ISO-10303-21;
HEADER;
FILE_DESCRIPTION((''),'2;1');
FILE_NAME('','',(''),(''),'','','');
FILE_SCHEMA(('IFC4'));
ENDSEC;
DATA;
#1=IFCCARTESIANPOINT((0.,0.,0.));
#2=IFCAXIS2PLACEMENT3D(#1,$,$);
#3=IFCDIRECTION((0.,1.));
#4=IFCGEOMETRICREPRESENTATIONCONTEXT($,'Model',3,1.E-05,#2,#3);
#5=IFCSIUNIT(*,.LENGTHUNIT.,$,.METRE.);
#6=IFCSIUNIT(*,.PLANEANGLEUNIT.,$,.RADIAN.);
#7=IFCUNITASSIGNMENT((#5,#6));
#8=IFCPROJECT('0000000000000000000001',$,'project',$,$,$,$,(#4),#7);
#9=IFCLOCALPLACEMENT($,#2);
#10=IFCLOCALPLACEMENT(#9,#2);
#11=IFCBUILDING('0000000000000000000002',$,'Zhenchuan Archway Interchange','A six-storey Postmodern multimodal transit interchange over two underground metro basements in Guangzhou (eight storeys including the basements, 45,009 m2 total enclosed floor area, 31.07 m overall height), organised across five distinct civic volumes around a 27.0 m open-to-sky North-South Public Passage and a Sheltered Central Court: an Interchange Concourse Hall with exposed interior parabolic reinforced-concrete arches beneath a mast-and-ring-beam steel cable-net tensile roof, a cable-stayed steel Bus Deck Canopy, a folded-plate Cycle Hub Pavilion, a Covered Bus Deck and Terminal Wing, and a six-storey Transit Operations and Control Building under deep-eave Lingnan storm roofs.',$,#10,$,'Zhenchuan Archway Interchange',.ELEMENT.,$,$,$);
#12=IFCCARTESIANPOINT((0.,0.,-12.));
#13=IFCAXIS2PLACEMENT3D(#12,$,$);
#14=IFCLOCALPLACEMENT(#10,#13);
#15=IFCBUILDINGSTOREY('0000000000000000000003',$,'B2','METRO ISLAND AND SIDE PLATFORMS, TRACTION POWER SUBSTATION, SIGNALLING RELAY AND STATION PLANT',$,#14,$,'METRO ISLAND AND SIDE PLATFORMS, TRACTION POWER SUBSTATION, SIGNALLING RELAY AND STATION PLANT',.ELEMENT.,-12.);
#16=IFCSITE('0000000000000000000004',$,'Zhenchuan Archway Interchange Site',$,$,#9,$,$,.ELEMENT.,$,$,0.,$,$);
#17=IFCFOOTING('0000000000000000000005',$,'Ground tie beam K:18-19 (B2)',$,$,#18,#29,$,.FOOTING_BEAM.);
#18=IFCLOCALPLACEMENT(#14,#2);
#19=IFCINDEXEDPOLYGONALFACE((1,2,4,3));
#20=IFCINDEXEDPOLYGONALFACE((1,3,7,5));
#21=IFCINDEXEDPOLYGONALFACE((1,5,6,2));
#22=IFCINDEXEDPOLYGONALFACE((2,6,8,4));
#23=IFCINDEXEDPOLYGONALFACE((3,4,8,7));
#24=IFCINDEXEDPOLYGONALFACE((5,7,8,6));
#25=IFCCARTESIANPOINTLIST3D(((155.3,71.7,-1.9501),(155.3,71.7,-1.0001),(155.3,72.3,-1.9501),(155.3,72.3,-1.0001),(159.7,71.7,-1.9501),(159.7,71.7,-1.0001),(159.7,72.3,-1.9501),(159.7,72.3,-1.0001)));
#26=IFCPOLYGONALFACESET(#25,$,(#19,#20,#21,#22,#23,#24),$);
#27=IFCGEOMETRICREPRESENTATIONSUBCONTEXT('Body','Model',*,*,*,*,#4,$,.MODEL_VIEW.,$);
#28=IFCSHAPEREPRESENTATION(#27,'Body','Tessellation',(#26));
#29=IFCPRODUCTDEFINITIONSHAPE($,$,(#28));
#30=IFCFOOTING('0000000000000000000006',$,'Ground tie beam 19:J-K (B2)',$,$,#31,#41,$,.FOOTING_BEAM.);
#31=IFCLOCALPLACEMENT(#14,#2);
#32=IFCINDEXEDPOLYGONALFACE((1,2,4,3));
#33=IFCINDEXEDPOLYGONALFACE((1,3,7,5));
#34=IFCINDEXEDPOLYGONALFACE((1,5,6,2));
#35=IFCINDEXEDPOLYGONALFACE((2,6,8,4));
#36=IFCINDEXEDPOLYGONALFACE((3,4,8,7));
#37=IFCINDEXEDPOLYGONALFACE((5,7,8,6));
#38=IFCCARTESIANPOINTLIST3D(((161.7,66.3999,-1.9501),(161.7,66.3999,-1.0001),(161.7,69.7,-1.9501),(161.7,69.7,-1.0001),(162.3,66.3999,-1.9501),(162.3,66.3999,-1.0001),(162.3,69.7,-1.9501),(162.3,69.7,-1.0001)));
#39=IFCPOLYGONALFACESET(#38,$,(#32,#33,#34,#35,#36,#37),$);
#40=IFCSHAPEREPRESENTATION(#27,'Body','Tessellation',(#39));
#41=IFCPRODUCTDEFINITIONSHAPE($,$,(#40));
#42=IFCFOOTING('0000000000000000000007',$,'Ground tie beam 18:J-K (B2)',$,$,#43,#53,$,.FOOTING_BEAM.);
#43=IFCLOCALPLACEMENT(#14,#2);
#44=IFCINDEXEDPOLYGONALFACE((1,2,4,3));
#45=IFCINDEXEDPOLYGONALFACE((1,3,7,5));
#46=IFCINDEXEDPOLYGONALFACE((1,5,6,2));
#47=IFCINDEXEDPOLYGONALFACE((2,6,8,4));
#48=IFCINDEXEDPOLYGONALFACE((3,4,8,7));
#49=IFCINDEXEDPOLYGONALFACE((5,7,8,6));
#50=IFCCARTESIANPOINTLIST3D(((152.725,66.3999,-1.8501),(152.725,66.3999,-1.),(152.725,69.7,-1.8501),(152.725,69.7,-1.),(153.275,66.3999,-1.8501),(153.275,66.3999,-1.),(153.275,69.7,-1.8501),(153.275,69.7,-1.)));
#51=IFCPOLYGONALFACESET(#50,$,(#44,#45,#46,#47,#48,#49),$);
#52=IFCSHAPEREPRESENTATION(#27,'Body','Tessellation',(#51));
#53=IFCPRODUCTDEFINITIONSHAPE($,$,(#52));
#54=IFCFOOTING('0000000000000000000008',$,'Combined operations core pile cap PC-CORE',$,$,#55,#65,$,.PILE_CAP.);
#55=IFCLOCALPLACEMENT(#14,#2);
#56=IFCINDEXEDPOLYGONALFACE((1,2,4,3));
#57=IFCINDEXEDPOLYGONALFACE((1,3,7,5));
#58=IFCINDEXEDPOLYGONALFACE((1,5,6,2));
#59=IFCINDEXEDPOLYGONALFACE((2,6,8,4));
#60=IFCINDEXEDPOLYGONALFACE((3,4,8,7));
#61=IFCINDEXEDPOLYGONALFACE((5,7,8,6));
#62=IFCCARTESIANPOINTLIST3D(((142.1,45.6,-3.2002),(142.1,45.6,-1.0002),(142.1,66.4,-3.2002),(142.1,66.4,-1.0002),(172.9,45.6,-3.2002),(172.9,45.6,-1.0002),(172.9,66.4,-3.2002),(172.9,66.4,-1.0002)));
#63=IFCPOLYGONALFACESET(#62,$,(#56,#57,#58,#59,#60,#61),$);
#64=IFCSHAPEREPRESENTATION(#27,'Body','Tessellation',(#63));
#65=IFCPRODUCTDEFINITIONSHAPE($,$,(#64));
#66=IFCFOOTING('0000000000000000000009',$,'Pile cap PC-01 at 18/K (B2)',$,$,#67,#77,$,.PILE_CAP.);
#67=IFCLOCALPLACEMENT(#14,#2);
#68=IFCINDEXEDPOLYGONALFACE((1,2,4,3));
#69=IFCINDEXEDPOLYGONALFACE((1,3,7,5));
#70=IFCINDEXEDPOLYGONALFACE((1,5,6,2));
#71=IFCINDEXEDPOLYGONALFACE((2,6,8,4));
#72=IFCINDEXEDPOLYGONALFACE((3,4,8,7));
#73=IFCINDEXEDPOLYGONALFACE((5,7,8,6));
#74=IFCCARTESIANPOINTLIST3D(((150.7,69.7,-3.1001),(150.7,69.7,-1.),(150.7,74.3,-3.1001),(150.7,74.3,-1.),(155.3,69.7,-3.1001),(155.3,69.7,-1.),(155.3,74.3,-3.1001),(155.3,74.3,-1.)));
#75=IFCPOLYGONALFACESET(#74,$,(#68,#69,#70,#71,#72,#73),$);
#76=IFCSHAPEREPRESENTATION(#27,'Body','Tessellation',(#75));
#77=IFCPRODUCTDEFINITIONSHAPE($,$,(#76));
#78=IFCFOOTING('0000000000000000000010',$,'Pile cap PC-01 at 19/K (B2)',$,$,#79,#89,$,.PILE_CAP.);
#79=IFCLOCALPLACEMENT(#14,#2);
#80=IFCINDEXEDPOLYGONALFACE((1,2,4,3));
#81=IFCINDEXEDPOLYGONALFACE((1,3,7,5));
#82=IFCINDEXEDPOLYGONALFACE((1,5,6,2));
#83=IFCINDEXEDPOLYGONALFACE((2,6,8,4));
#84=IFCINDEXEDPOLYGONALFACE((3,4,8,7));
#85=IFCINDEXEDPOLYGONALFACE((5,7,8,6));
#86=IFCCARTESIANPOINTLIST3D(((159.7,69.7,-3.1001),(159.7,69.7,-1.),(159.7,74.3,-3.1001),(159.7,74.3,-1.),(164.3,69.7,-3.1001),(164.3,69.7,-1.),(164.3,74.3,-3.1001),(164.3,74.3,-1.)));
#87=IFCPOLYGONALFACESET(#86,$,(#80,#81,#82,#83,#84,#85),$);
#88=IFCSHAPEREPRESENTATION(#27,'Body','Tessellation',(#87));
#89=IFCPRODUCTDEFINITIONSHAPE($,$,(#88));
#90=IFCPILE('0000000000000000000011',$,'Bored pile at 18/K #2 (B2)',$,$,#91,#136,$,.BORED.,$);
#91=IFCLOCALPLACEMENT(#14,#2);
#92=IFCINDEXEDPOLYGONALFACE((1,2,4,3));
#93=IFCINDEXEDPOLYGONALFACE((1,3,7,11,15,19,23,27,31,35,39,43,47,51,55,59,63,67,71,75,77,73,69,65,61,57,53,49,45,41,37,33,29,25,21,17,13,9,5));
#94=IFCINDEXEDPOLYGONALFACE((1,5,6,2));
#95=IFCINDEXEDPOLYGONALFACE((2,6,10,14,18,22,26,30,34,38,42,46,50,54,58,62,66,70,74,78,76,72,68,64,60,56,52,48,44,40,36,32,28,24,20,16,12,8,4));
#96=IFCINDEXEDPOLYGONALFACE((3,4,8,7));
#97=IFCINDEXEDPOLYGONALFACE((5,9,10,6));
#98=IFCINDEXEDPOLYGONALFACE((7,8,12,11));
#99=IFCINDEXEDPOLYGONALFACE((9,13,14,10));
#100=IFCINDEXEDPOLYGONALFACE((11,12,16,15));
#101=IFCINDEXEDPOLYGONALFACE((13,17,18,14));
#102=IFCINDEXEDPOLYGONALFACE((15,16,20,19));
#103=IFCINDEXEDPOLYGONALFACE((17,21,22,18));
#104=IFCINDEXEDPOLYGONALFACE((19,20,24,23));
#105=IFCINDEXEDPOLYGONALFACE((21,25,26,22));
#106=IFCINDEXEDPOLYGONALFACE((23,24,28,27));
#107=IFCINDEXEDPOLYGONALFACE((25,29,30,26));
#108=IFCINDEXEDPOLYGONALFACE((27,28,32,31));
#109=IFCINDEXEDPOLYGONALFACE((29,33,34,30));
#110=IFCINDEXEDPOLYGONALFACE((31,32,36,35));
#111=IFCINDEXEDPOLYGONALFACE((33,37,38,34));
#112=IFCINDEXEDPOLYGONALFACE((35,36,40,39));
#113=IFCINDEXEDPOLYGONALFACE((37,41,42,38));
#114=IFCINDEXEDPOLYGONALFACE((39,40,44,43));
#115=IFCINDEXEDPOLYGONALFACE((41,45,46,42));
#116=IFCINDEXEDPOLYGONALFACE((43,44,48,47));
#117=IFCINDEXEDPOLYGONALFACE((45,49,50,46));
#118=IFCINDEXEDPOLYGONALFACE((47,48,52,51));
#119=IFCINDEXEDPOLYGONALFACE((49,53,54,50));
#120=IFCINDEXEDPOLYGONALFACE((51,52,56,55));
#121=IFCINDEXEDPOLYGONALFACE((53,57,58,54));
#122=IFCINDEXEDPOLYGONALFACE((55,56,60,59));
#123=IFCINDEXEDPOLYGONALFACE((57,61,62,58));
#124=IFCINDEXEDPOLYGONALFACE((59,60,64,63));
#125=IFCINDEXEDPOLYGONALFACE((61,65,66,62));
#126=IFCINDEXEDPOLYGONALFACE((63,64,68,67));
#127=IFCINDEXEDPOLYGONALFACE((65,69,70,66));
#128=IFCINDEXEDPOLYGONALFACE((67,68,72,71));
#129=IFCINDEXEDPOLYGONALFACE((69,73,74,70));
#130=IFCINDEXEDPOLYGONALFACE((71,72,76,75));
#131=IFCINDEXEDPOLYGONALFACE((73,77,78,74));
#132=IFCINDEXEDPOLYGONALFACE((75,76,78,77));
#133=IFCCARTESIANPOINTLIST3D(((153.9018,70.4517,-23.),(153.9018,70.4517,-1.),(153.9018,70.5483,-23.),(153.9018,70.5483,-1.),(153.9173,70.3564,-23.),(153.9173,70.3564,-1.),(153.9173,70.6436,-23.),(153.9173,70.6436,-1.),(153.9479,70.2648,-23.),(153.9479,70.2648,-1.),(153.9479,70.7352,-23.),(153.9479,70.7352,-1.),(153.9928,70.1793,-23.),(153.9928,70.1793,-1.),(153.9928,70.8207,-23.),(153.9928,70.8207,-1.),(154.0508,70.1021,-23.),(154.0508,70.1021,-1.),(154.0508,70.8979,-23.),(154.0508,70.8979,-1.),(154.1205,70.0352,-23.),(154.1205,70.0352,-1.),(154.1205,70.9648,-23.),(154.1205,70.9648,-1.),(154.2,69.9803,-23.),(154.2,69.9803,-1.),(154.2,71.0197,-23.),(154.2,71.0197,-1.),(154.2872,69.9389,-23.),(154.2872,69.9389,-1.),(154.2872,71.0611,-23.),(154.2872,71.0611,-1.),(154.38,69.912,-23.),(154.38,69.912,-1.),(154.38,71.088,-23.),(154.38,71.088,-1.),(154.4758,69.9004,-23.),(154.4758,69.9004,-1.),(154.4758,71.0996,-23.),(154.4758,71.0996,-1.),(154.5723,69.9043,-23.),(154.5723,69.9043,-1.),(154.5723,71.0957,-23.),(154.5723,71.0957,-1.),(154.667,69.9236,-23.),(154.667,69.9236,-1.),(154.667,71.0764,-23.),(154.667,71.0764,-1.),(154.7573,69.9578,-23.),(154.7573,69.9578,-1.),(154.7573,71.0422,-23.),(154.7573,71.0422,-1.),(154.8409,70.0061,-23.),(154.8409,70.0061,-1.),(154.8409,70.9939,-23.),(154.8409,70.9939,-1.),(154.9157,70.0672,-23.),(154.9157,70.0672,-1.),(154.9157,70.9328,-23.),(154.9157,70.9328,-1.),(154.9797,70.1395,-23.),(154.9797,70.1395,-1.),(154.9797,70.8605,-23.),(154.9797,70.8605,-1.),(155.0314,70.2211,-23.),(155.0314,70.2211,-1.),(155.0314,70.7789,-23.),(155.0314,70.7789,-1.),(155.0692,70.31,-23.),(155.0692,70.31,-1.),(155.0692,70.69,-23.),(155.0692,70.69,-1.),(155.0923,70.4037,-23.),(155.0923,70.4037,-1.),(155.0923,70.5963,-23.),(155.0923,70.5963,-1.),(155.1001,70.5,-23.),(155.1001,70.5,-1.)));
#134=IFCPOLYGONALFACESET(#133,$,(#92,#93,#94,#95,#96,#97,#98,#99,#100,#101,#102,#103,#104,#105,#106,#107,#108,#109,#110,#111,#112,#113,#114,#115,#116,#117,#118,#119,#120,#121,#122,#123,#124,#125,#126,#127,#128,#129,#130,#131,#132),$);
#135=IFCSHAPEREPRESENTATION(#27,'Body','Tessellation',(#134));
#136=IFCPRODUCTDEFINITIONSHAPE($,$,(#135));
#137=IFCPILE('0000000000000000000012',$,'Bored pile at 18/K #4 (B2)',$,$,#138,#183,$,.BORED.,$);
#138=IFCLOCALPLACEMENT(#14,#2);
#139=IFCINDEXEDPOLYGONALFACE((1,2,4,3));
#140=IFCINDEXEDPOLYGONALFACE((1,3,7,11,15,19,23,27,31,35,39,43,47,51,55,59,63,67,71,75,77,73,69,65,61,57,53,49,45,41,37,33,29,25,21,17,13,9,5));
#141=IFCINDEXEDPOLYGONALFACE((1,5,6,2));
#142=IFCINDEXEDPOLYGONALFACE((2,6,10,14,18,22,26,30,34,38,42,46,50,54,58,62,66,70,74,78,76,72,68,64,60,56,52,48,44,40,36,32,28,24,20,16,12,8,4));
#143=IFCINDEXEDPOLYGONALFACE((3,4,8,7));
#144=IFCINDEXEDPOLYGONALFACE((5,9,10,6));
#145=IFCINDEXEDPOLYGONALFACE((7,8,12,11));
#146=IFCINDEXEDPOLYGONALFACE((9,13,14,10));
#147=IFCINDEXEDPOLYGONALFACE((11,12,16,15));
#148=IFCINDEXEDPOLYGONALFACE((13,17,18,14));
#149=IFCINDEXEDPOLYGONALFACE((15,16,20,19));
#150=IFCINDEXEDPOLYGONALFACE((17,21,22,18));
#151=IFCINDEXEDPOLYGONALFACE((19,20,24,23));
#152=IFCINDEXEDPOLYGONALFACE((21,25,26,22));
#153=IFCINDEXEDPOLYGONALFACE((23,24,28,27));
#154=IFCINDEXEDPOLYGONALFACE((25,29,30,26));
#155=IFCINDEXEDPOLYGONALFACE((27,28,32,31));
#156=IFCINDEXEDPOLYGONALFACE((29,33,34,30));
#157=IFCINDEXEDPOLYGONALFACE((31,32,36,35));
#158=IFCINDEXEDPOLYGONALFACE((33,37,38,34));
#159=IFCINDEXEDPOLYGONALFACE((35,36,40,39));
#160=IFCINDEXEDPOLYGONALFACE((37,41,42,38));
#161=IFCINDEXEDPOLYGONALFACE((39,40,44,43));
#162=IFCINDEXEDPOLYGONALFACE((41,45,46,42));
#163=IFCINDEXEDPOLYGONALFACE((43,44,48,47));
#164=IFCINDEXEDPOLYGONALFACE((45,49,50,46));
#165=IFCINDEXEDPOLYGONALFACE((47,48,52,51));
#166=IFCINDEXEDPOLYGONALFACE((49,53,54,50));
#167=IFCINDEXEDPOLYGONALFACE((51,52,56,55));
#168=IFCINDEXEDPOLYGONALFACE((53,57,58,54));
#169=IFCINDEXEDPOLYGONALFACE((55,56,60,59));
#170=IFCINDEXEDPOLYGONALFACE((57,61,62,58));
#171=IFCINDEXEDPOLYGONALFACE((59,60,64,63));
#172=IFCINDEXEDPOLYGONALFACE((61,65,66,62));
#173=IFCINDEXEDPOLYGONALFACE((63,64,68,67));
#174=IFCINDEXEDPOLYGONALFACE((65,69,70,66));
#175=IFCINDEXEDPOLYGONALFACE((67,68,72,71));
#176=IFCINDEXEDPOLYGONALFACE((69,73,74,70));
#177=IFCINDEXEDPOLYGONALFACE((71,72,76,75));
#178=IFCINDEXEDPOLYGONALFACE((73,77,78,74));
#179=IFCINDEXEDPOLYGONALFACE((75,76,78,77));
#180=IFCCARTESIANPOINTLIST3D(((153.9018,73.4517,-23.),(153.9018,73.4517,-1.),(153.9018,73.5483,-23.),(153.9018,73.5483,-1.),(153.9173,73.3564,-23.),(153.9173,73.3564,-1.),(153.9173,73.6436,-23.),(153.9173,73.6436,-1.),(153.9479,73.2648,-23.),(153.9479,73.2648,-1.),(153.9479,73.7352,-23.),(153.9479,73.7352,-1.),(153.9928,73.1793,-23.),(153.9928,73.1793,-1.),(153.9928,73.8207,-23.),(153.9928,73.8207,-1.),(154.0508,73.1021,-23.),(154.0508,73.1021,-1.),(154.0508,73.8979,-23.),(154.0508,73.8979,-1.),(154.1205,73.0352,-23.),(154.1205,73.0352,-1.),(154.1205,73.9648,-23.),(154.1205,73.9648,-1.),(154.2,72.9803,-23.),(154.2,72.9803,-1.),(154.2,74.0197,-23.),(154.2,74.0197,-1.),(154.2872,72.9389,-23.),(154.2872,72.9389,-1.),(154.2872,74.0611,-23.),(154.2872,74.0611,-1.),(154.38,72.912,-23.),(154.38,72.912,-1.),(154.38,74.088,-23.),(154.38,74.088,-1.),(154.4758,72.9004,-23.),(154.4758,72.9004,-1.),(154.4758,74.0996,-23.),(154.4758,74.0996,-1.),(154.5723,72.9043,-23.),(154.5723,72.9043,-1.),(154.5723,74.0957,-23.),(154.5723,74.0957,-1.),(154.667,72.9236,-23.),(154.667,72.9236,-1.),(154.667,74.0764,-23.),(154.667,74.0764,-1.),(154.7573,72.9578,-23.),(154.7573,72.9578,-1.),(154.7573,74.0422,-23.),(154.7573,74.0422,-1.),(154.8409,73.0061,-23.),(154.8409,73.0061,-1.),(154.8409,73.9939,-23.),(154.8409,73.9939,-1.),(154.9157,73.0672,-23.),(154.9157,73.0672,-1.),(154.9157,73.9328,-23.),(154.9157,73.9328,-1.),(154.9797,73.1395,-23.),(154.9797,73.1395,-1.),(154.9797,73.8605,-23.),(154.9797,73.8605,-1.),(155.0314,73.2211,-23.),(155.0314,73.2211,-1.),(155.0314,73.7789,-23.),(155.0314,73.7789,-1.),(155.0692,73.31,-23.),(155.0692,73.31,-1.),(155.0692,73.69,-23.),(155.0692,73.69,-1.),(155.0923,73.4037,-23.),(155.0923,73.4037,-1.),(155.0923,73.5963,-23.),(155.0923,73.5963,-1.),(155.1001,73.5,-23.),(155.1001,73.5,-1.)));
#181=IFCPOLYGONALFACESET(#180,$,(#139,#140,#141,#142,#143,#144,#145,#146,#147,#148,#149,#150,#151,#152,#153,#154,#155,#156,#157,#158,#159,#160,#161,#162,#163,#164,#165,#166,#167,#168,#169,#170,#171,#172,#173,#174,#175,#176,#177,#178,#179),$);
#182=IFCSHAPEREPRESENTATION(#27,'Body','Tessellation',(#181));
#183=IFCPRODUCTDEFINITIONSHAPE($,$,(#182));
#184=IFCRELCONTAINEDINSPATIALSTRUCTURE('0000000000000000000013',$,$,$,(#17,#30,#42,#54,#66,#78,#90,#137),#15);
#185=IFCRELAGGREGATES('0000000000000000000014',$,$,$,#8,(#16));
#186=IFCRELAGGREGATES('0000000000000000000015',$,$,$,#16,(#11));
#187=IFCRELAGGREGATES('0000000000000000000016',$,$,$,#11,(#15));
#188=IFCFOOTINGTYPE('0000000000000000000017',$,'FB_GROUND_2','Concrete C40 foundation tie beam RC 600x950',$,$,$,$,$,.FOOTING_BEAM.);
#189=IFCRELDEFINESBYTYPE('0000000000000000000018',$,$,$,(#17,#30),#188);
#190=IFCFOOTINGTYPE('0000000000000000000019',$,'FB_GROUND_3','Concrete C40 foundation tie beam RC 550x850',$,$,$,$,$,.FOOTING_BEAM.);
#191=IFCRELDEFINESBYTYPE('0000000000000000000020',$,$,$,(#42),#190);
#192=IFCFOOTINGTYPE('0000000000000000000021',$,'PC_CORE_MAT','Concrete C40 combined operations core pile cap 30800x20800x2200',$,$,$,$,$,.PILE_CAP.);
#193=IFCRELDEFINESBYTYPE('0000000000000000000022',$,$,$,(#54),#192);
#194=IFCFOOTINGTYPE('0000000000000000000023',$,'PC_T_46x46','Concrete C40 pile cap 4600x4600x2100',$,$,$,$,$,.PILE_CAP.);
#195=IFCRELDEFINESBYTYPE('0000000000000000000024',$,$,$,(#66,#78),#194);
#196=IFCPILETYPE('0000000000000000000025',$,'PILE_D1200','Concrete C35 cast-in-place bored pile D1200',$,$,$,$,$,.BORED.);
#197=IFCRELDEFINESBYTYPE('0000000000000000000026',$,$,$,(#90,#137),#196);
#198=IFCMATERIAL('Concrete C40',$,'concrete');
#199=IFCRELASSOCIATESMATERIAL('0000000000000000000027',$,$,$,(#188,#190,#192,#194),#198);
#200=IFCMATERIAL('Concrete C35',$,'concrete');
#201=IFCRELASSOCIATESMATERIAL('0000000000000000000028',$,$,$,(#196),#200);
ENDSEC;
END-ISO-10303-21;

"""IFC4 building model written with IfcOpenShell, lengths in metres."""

from ifc_helpers import new_model, si_unit, direction, frame, origin, origin_2d, place, context, subcontext, project, spatial, rectangle, circle, extrude, material, material_profile, profile_set, type_object, element, save


model = new_model("IFC4")

# Units and contexts
model_context = context("Model", 3, precision=1e-05, world=origin(), true_north=direction((0.0, 1.0)))
body_context = subcontext(model_context, "Body", "Model", "MODEL_VIEW")
ifc_project = project(units=[si_unit("LENGTHUNIT", "METRE"), si_unit("PLANEANGLEUNIT", "RADIAN")], contexts=[model_context])

# Site, building, storey
site_placement = place(None, origin())
site = spatial("IfcSite", under=ifc_project, at=site_placement, Name="Zhenchuan Archway Interchange Site", CompositionType="ELEMENT", RefElevation=0.0)
building_placement = place(site_placement, origin())
building = spatial("IfcBuilding", under=site, at=building_placement, Name="Zhenchuan Archway Interchange", Description="A six-storey Postmodern multimodal transit interchange over two underground metro basements in Guangzhou (eight storeys including the basements, 45,009 m2 total enclosed floor area, 31.07 m overall height), organised across five distinct civic volumes around a 27.0 m open-to-sky North-South Public Passage and a Sheltered Central Court: an Interchange Concourse Hall with exposed interior parabolic reinforced-concrete arches beneath a mast-and-ring-beam steel cable-net tensile roof, a cable-stayed steel Bus Deck Canopy, a folded-plate Cycle Hub Pavilion, a Covered Bus Deck and Terminal Wing, and a six-storey Transit Operations and Control Building under deep-eave Lingnan storm roofs.", LongName="Zhenchuan Archway Interchange", CompositionType="ELEMENT")
storey_placement = place(building_placement, frame((0.0, 0.0, -12.0)))
storey = spatial("IfcBuildingStorey", under=building, at=storey_placement, Name="B2", Description="METRO ISLAND AND SIDE PLATFORMS, TRACTION POWER SUBSTATION, SIGNALLING RELAY AND STATION PLANT", LongName="METRO ISLAND AND SIDE PLATFORMS, TRACTION POWER SUBSTATION, SIGNALLING RELAY AND STATION PLANT", CompositionType="ELEMENT", Elevation=-12.0)

# Footings
ifc_material_1 = material(Name="Concrete C40", Category="concrete")
ifc_material_profile_1 = material_profile(ifc_material_1, rectangle(XDim=0.6001, YDim=0.95, at=origin_2d()), Name="RC 600x950")
ifc_profile_set_1 = profile_set([ifc_material_profile_1], Name="Concrete C40")
footing_type_1 = type_object("IfcFootingType", Name="FB_GROUND_2", Description="Concrete C40 foundation tie beam RC 600x950", PredefinedType="FOOTING_BEAM", material=ifc_profile_set_1)
footing_1_placement = place(storey_placement, frame((155.3, 72.0, -1.4751), z_axis=(1.0, 0.0, 0.0), x_axis=(0.0, 1.0, 0.0)))
element("IfcFooting", 1, at=footing_1_placement, inside=storey, type_object=footing_type_1, Name="Ground tie beam K:18-19 (B2)", PredefinedType="FOOTING_BEAM", context=body_context, shape_type="SweptSolid", body=[
    extrude(rectangle(XDim=0.6001, YDim=0.95, at=origin_2d()), origin(), (0.0, 0.0, 1.0), 4.3999),
])
footing_2_placement = place(storey_placement, frame((162.0, 66.3999, -1.4751), z_axis=(0.0, 1.0, 0.0), x_axis=(-1.0, 0.0, 0.0)))
element("IfcFooting", 2, at=footing_2_placement, inside=storey, type_object=footing_type_1, Name="Ground tie beam 19:J-K (B2)", PredefinedType="FOOTING_BEAM", context=body_context, shape_type="SweptSolid", body=[
    extrude(rectangle(XDim=0.6001, YDim=0.95, at=origin_2d()), origin(), (0.0, 0.0, 1.0), 3.3),
])
ifc_material_profile_2 = material_profile(ifc_material_1, rectangle(XDim=0.55, YDim=0.8501, at=origin_2d()), Name="RC 550x850")
ifc_profile_set_2 = profile_set([ifc_material_profile_2], Name="Concrete C40")
footing_type_2 = type_object("IfcFootingType", Name="FB_GROUND_3", Description="Concrete C40 foundation tie beam RC 550x850", PredefinedType="FOOTING_BEAM", material=ifc_profile_set_2)
footing_3_placement = place(storey_placement, frame((153.0, 66.3999, -1.425), z_axis=(0.0, 1.0, 0.0), x_axis=(-1.0, 0.0, 0.0)))
element("IfcFooting", 3, at=footing_3_placement, inside=storey, type_object=footing_type_2, Name="Ground tie beam 18:J-K (B2)", PredefinedType="FOOTING_BEAM", context=body_context, shape_type="SweptSolid", body=[
    extrude(rectangle(XDim=0.55, YDim=0.8501, at=origin_2d()), origin(), (0.0, 0.0, 1.0), 3.3),
])
footing_type_3 = type_object("IfcFootingType", Name="PC_CORE_MAT", Description="Concrete C40 combined operations core pile cap 30800x20800x2200", PredefinedType="PILE_CAP", material=ifc_material_1)
footing_4_placement = place(storey_placement, frame((157.5, 56.0, -3.2002), z_axis=(0.0, 0.0, 1.0), x_axis=(1.0, 0.0, 0.0)))
element("IfcFooting", 4, at=footing_4_placement, inside=storey, type_object=footing_type_3, Name="Combined operations core pile cap PC-CORE", PredefinedType="PILE_CAP", context=body_context, shape_type="SweptSolid", body=[
    extrude(rectangle(XDim=30.8, YDim=20.8, at=origin_2d()), origin(), (0.0, 0.0, 1.0), 2.2),
])
footing_type_4 = type_object("IfcFootingType", Name="PC_T_46x46", Description="Concrete C40 pile cap 4600x4600x2100", PredefinedType="PILE_CAP", material=ifc_material_1)
for number, where, z_axis, x_axis, name in (
    (5, (153.0, 72.0, -3.1001), (0.0, 0.0, 1.0), (1.0, 0.0, 0.0), "Pile cap PC-01 at 18/K (B2)"),
    (6, (162.0, 72.0, -3.1001), (0.0, 0.0, 1.0), (1.0, 0.0, 0.0), "Pile cap PC-01 at 19/K (B2)"),
):
    element("IfcFooting", number, at=place(storey_placement, frame(where, z_axis=z_axis, x_axis=x_axis)), inside=storey, type_object=footing_type_4, Name=name, PredefinedType="PILE_CAP", context=body_context, shape_type="SweptSolid", body=[
        extrude(rectangle(XDim=4.6001, YDim=4.6001, at=origin_2d()), origin(), (0.0, 0.0, 1.0), 2.1001),
    ])

# Piles
ifc_material_2 = material(Name="Concrete C35", Category="concrete")
ifc_material_profile_3 = material_profile(ifc_material_2, circle(Radius=0.6001, at=origin_2d()), Name="BORED PILE 1200")
ifc_profile_set_3 = profile_set([ifc_material_profile_3], Name="Concrete C35")
pile_type_1 = type_object("IfcPileType", Name="PILE_D1200", Description="Concrete C35 cast-in-place bored pile D1200", PredefinedType="BORED", material=ifc_profile_set_3)
for number, where, z_axis, x_axis, name in (
    (7, (154.5, 70.5, -1.0), (0.0, 0.0, -1.0), (1.0, 0.0, 0.0), "Bored pile at 18/K #2 (B2)"),
    (8, (154.5, 73.5, -1.0), (0.0, 0.0, -1.0), (1.0, 0.0, 0.0), "Bored pile at 18/K #4 (B2)"),
):
    element("IfcPile", number, at=place(storey_placement, frame(where, z_axis=z_axis, x_axis=x_axis)), inside=storey, type_object=pile_type_1, Name=name, PredefinedType="BORED", context=body_context, shape_type="SweptSolid", body=[
        extrude(circle(Radius=0.6001, at=origin_2d()), origin(), (0.0, 0.0, 1.0), 22.0),
    ])

save(model, "model.ifc")
